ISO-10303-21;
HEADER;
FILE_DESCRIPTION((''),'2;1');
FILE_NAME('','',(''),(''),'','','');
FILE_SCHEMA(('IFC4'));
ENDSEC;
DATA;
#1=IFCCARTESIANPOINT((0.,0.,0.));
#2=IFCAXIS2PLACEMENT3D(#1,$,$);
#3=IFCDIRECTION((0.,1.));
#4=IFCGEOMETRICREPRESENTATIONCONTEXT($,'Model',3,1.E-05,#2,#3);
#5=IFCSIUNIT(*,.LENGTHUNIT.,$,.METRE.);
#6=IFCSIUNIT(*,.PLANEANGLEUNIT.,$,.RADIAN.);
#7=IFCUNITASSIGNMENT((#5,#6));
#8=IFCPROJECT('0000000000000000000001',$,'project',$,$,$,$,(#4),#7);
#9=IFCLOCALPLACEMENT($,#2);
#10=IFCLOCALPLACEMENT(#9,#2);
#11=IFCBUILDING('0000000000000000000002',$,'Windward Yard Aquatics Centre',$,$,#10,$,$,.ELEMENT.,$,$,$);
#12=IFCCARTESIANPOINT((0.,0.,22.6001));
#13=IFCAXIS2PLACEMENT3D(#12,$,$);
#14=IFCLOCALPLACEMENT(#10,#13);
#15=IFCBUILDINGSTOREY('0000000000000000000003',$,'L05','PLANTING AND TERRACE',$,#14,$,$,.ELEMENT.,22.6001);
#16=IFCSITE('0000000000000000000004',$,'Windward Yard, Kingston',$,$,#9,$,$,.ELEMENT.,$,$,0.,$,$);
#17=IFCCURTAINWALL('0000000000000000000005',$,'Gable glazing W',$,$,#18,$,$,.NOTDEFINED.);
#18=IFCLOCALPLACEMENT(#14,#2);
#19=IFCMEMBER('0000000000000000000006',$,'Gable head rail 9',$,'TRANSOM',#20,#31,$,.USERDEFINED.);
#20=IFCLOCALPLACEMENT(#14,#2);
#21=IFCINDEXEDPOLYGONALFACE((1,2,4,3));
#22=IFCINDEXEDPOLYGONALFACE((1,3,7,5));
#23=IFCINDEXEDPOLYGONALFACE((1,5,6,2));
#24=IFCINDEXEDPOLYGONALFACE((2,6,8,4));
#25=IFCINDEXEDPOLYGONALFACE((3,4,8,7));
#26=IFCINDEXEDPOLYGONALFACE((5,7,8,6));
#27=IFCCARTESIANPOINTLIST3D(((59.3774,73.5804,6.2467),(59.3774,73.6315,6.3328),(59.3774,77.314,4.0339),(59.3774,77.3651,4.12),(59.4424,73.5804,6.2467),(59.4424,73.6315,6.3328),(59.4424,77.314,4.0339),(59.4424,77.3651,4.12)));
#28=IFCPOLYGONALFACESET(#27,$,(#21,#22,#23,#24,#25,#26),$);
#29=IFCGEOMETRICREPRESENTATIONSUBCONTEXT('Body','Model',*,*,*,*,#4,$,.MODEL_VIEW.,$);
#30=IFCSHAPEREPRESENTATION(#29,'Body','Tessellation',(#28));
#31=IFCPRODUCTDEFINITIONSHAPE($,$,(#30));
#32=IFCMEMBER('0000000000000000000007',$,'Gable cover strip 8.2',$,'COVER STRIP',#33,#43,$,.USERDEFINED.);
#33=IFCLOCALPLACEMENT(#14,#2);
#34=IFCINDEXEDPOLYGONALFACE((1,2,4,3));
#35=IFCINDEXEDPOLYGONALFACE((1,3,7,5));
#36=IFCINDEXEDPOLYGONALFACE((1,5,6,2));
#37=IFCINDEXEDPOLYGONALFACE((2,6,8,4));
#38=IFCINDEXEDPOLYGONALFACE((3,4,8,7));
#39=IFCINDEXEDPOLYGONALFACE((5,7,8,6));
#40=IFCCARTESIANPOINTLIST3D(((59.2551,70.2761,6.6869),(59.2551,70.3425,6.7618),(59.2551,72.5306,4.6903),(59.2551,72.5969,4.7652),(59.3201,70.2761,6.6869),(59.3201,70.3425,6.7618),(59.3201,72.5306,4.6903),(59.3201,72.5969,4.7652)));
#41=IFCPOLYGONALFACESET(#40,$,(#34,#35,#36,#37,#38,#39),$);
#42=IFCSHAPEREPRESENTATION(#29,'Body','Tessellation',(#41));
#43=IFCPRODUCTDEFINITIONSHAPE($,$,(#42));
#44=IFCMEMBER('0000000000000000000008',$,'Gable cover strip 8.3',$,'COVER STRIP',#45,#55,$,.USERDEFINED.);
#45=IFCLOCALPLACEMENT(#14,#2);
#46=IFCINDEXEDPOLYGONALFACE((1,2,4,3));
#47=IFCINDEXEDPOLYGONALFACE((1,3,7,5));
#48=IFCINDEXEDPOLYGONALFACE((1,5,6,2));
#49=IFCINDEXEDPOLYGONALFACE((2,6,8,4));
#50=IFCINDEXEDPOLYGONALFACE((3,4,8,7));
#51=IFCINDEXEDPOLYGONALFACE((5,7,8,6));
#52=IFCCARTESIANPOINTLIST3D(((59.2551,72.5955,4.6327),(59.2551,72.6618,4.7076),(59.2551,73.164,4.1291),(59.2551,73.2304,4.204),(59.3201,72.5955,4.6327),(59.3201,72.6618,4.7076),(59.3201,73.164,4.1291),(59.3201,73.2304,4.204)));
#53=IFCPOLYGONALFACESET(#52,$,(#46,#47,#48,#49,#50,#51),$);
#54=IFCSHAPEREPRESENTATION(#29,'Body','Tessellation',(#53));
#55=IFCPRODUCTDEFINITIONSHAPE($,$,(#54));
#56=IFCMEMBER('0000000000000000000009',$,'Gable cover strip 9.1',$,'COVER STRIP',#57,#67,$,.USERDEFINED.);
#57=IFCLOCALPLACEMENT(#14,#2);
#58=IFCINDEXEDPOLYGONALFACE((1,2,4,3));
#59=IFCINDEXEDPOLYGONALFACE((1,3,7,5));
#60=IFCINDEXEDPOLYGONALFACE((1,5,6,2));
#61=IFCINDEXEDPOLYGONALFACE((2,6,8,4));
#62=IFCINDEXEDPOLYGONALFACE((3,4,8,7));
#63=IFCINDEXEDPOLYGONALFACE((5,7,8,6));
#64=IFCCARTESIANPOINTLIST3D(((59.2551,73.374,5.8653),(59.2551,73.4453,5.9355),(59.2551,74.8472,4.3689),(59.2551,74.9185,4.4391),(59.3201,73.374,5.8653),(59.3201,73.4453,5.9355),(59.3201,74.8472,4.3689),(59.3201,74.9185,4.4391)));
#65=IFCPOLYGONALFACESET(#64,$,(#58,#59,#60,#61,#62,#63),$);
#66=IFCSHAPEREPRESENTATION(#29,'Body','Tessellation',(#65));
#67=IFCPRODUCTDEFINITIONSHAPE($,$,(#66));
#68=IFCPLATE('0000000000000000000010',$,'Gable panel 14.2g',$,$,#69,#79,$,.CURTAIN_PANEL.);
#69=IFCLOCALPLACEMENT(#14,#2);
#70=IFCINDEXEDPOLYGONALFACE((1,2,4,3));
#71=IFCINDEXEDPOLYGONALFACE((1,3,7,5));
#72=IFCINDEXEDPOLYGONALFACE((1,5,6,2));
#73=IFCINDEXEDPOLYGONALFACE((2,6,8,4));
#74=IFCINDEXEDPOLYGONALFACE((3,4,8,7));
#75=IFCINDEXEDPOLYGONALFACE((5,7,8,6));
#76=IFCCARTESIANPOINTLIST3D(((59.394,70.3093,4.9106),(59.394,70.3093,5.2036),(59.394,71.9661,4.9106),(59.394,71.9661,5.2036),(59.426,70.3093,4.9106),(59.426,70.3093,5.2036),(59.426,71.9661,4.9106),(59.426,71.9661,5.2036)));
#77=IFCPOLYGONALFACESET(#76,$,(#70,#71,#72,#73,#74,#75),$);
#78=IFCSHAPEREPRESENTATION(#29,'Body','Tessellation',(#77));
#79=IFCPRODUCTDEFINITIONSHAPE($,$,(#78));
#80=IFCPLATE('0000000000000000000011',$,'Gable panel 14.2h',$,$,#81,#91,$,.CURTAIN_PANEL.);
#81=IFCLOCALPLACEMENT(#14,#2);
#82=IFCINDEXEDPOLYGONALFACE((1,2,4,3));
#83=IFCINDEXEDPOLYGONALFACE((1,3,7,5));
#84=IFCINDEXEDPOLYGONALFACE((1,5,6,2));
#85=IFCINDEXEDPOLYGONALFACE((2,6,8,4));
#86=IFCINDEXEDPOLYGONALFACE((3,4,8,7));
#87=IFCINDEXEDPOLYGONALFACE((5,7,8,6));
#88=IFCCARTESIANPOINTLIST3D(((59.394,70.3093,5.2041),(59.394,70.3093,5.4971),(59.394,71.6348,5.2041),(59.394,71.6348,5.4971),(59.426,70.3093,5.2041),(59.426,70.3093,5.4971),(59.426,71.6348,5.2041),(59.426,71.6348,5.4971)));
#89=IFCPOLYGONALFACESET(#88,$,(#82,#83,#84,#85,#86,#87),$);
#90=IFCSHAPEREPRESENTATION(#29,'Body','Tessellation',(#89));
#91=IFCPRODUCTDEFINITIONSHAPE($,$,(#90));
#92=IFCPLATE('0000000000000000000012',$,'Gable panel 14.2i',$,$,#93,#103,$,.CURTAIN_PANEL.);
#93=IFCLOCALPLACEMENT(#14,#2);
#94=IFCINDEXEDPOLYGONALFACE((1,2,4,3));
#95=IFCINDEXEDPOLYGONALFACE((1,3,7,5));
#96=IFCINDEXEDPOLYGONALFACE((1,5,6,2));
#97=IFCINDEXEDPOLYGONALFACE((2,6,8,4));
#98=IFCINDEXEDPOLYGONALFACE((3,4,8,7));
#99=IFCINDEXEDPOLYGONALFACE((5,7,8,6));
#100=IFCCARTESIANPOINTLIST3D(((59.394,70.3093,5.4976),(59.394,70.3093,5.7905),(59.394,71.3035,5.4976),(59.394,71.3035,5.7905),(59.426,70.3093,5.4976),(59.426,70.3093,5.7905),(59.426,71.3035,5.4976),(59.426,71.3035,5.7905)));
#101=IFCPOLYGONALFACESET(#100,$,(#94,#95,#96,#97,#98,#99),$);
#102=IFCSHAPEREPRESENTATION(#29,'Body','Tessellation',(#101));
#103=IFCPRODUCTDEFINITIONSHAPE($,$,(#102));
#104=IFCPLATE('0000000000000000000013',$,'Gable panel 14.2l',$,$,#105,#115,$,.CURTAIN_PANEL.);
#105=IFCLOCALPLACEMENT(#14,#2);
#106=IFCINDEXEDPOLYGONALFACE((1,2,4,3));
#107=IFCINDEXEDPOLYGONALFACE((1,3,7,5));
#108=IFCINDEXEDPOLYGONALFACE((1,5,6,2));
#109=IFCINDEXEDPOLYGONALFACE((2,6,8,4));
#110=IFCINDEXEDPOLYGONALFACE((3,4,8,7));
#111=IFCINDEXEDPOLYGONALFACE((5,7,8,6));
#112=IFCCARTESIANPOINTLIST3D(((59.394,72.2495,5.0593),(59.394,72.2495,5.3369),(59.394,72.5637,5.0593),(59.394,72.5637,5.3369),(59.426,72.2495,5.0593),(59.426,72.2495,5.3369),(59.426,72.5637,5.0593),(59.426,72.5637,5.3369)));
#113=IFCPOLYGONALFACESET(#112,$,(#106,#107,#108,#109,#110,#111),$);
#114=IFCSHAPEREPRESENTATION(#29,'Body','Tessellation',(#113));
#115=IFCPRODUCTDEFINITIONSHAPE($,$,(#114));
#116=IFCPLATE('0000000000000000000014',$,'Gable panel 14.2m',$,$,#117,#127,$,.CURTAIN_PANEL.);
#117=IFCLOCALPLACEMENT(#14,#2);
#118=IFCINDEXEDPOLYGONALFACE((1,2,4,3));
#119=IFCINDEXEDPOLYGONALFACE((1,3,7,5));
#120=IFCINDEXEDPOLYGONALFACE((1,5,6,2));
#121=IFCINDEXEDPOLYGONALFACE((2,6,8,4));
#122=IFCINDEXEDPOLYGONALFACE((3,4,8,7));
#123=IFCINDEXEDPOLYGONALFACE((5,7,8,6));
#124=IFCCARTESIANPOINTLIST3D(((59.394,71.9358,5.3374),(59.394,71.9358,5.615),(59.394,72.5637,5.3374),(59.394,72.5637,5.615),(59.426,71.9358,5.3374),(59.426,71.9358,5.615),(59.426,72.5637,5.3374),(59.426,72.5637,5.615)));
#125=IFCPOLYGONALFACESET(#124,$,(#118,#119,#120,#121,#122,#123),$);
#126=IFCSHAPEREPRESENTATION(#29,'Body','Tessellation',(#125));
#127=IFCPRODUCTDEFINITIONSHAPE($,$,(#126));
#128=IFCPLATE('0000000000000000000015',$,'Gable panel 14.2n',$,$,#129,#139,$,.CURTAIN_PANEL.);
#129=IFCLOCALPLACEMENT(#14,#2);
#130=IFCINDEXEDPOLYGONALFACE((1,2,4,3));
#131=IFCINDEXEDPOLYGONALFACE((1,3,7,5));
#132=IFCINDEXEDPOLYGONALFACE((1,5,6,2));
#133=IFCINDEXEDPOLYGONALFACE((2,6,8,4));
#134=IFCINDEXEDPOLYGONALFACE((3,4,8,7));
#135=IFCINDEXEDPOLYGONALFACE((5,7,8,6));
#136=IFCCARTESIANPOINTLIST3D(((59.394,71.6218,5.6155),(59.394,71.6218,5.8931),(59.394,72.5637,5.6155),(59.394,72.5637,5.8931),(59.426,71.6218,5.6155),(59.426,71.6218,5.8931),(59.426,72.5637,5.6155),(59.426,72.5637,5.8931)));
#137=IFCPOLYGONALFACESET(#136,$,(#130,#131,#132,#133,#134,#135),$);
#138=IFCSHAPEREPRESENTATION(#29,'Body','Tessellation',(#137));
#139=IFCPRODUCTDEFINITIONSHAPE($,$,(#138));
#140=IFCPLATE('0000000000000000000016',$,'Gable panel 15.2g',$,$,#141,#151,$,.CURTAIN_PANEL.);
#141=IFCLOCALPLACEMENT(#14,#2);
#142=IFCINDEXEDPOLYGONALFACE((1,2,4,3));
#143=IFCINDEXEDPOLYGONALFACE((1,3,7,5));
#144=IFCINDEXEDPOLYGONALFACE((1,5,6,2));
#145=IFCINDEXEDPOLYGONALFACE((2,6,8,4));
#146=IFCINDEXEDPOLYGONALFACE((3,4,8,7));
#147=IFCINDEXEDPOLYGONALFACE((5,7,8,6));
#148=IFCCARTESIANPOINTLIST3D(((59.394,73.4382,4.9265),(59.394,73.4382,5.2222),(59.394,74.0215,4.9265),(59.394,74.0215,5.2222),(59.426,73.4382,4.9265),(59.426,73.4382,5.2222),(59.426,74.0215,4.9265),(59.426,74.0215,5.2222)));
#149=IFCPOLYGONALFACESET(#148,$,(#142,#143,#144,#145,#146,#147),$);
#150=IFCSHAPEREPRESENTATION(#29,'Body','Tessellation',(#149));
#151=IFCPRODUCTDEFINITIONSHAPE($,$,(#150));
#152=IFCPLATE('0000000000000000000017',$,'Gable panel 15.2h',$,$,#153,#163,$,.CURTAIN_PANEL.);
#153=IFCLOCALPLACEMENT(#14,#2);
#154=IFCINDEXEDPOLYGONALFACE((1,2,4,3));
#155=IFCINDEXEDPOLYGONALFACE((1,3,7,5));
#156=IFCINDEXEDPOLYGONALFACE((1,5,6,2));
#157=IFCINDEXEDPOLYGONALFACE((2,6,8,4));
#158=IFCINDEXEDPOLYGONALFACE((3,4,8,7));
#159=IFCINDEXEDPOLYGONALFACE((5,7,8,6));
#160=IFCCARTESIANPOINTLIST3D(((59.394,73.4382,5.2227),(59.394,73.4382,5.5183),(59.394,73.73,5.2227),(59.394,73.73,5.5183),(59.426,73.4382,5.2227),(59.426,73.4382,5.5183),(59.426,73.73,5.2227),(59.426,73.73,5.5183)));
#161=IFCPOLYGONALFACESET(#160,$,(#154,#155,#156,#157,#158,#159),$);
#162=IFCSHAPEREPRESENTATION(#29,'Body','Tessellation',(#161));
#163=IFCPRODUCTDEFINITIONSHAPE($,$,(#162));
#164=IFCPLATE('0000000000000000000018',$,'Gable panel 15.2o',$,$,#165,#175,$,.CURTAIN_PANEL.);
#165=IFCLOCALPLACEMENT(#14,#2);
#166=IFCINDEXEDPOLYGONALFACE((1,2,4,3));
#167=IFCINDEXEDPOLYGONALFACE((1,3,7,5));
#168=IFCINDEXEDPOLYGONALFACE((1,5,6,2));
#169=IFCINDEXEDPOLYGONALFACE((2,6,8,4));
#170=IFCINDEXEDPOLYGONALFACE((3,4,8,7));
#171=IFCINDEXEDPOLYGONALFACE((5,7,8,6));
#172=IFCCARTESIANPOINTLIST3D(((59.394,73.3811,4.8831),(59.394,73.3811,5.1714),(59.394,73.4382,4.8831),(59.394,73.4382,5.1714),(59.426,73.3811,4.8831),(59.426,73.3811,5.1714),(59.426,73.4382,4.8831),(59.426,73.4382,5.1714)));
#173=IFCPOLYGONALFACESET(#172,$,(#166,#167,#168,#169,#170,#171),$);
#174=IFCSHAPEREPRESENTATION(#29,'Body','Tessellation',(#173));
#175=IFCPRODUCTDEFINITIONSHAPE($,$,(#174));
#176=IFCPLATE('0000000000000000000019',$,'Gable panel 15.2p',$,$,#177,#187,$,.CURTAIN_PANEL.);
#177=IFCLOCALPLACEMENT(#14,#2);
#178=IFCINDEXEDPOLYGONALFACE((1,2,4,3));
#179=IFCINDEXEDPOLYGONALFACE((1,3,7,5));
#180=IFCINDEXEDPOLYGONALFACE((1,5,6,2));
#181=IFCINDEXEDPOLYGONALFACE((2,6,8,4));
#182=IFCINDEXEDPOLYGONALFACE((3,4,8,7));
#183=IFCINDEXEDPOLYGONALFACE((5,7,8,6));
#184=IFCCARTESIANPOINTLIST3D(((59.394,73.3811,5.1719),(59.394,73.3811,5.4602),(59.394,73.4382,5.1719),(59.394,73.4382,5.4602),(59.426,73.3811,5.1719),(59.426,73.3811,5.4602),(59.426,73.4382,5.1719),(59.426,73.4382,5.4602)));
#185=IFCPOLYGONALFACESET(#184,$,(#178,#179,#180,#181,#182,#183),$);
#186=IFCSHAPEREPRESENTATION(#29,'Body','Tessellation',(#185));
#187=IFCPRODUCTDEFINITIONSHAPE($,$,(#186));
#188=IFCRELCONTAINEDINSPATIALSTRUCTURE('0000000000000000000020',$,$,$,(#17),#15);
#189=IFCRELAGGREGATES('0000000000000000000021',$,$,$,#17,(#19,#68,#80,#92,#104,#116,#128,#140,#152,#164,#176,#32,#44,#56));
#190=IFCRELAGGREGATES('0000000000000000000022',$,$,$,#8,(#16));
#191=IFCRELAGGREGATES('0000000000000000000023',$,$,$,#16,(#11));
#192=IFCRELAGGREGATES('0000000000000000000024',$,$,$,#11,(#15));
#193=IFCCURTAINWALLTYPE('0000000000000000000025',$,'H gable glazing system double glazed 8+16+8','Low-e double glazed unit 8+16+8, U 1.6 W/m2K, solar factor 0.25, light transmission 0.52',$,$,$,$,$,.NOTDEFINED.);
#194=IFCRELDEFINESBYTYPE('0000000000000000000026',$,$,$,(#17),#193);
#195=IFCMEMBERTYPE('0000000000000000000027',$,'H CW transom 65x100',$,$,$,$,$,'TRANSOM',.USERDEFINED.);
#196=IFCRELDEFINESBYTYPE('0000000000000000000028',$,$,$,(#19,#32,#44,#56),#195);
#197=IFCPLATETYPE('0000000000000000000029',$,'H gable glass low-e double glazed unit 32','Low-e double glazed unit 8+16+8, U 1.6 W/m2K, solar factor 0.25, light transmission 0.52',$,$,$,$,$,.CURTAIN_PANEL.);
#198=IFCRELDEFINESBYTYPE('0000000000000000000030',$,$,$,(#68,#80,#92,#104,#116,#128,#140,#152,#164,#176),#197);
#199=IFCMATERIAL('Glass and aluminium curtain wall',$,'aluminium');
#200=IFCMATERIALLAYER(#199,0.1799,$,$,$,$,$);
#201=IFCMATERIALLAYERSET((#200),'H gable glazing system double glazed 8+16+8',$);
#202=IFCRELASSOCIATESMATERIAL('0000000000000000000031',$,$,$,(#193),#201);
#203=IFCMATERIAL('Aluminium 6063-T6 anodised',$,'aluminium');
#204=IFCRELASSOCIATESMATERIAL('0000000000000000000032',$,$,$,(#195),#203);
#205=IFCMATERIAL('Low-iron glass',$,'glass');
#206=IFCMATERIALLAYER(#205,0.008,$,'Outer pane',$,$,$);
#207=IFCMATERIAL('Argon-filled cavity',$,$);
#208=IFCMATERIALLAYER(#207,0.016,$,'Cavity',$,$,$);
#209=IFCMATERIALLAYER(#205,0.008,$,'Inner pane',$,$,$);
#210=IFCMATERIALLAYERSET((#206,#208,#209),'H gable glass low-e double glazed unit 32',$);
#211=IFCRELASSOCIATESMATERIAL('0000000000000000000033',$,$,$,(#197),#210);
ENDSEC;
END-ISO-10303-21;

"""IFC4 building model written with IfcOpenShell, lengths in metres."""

from ifc_helpers import new_model, si_unit, direction, frame, origin, origin_2d, place, context, subcontext, project, spatial, polyline, rectangle, outline, extrude, material, layer, layer_set, material_profile, profile_set, type_object, element, aggregate, save


model = new_model("IFC4")

# Units and contexts
model_context = context("Model", 3, precision=1e-05, world=origin(), true_north=direction((0.0, 1.0)))
body_context = subcontext(model_context, "Body", "Model", "MODEL_VIEW")
ifc_project = project(units=[si_unit("LENGTHUNIT", "METRE"), si_unit("PLANEANGLEUNIT", "RADIAN")], contexts=[model_context])

# Site, building, storey
site_placement = place(None, origin())
site = spatial("IfcSite", under=ifc_project, at=site_placement, Name="Windward Yard, Kingston", CompositionType="ELEMENT", RefElevation=0.0)
building_placement = place(site_placement, origin())
building = spatial("IfcBuilding", under=site, at=building_placement, Name="Windward Yard Aquatics Centre", CompositionType="ELEMENT")
storey_placement = place(building_placement, frame((0.0, 0.0, 22.6001)))
storey = spatial("IfcBuildingStorey", under=building, at=storey_placement, Name="L05", Description="PLANTING AND TERRACE", CompositionType="ELEMENT", Elevation=22.6001)

# Curtain wall, members, plates
ifc_material_1 = material(Name="Glass and aluminium curtain wall", Category="aluminium")
ifc_layer_1 = layer(ifc_material_1, 0.1799)
ifc_layer_set_1 = layer_set([ifc_layer_1], Name="H gable glazing system double glazed 8+16+8")
curtain_wall_type = type_object("IfcCurtainWallType", Name="H gable glazing system double glazed 8+16+8", Description="Low-e double glazed unit 8+16+8, U 1.6 W/m2K, solar factor 0.25, light transmission 0.52", PredefinedType="NOTDEFINED", material=ifc_layer_set_1)
curtain_wall_placement = place(storey_placement, origin())
curtain_wall = element("IfcCurtainWall", 1, at=curtain_wall_placement, inside=storey, type_object=curtain_wall_type, Name="Gable glazing W", PredefinedType="NOTDEFINED")
ifc_material_2 = material(Name="Aluminium 6063-T6 anodised", Category="aluminium")
ifc_material_profile = material_profile(ifc_material_2, rectangle(XDim=0.0649, YDim=0.1001, at=origin_2d()), Name="H CW transom 65x100")
ifc_profile_set = profile_set([ifc_material_profile], Name="Aluminium 6063-T6 anodised")
member_type = type_object("IfcMemberType", Name="H CW transom 65x100", ElementType="TRANSOM", PredefinedType="USERDEFINED", material=ifc_profile_set)
member_1_placement = place(storey_placement, frame((59.4099, 73.606, 6.2898), z_axis=(0.0, 0.860255, -0.509864), x_axis=(-1.0, 0.0, 0.0)))
member_1 = element("IfcMember", 2, at=member_1_placement, type_object=member_type, Name="Gable head rail 9", ObjectType="TRANSOM", PredefinedType="USERDEFINED", context=body_context, shape_type="SweptSolid", body=[
    extrude(rectangle(XDim=0.0649, YDim=0.1001, at=origin_2d()), origin(), (0.0, 0.0, 1.0), 4.3401),
])
member_2_placement = place(storey_placement, frame((59.2876, 70.3093, 6.7244), z_axis=(0.0, 0.748616, -0.663004), x_axis=(-1.0, 0.0, 0.0)))
member_2 = element("IfcMember", 3, at=member_2_placement, type_object=member_type, Name="Gable cover strip 8.2", ObjectType="COVER STRIP", PredefinedType="USERDEFINED", context=body_context, shape_type="SweptSolid", body=[
    extrude(rectangle(XDim=0.0649, YDim=0.1001, at=origin_2d()), origin(), (0.0, 0.0, 1.0), 3.0115),
])
member_3_placement = place(storey_placement, frame((59.2876, 72.6287, 4.6702), z_axis=(0.0, 0.748561, -0.663066), x_axis=(-1.0, 0.0, 0.0)))
member_3 = element("IfcMember", 4, at=member_3_placement, type_object=member_type, Name="Gable cover strip 8.3", ObjectType="COVER STRIP", PredefinedType="USERDEFINED", context=body_context, shape_type="SweptSolid", body=[
    extrude(rectangle(XDim=0.0649, YDim=0.1001, at=origin_2d()), origin(), (0.0, 0.0, 1.0), 0.7595),
])
member_4_placement = place(storey_placement, frame((59.2876, 73.4097, 5.9004), z_axis=(0.0, 0.701562, -0.712608), x_axis=(-1.0, 0.0, 0.0)))
member_4 = element("IfcMember", 5, at=member_4_placement, type_object=member_type, Name="Gable cover strip 9.1", ObjectType="COVER STRIP", PredefinedType="USERDEFINED", context=body_context, shape_type="SweptSolid", body=[
    extrude(rectangle(XDim=0.0649, YDim=0.1001, at=origin_2d()), origin(), (0.0, 0.0, 1.0), 2.0999),
])
ifc_material_3 = material(Name="Low-iron glass", Category="glass")
ifc_layer_2 = layer(ifc_material_3, 0.008, Name="Outer pane")
ifc_material_4 = material(Name="Argon-filled cavity")
ifc_layer_3 = layer(ifc_material_4, 0.016, Name="Cavity")
ifc_layer_4 = layer(ifc_material_3, 0.008, Name="Inner pane")
ifc_layer_set_2 = layer_set([ifc_layer_2, ifc_layer_3, ifc_layer_4], Name="H gable glass low-e double glazed unit 32")
plate_type = type_object("IfcPlateType", Name="H gable glass low-e double glazed unit 32", Description="Low-e double glazed unit 8+16+8, U 1.6 W/m2K, solar factor 0.25, light transmission 0.52", PredefinedType="CURTAIN_PANEL", material=ifc_layer_set_2)
plate_1_placement = place(storey_placement, frame((59.426, 70.3093, 4.9106), z_axis=(1.0, 0.0, 0.0), x_axis=(0.0, 1.0, 0.0)))
plate_1 = element("IfcPlate", 6, at=plate_1_placement, type_object=plate_type, Name="Gable panel 14.2g", PredefinedType="CURTAIN_PANEL", context=body_context, shape_type="SweptSolid", body=[
    extrude(outline(polyline([(0.0, 0.0), (1.6567, 0.0), (1.6567, 0.293), (0.0, 0.293), (0.0, 0.0)])), origin(), (0.0, 0.0, -1.0), 0.032),
])
plate_2_placement = place(storey_placement, frame((59.426, 70.3093, 5.2041), z_axis=(1.0, 0.0, 0.0), x_axis=(0.0, 1.0, 0.0)))
plate_2 = element("IfcPlate", 7, at=plate_2_placement, type_object=plate_type, Name="Gable panel 14.2h", PredefinedType="CURTAIN_PANEL", context=body_context, shape_type="SweptSolid", body=[
    extrude(outline(polyline([(0.0, 0.0), (1.3254, 0.0), (1.3254, 0.293), (0.0, 0.293), (0.0, 0.0)])), origin(), (0.0, 0.0, -1.0), 0.032),
])
plate_3_placement = place(storey_placement, frame((59.426, 70.3093, 5.4976), z_axis=(1.0, 0.0, 0.0), x_axis=(0.0, 1.0, 0.0)))
plate_3 = element("IfcPlate", 8, at=plate_3_placement, type_object=plate_type, Name="Gable panel 14.2i", PredefinedType="CURTAIN_PANEL", context=body_context, shape_type="SweptSolid", body=[
    extrude(outline(polyline([(0.0, 0.0), (0.9941, 0.0), (0.9941, 0.293), (0.0, 0.293), (0.0, 0.0)])), origin(), (0.0, 0.0, -1.0), 0.032),
])
plate_4_placement = place(storey_placement, frame((59.426, 72.2495, 5.0593), z_axis=(1.0, 0.0, 0.0), x_axis=(0.0, 1.0, 0.0)))
plate_4 = element("IfcPlate", 9, at=plate_4_placement, type_object=plate_type, Name="Gable panel 14.2l", PredefinedType="CURTAIN_PANEL", context=body_context, shape_type="SweptSolid", body=[
    extrude(outline(polyline([(0.0, 0.0), (0.3142, 0.0), (0.3142, 0.2776), (0.0, 0.2776), (0.0, 0.0)])), origin(), (0.0, 0.0, -1.0), 0.032),
])
plate_5_placement = place(storey_placement, frame((59.426, 71.9358, 5.3374), z_axis=(1.0, 0.0, 0.0), x_axis=(0.0, 1.0, 0.0)))
plate_5 = element("IfcPlate", 10, at=plate_5_placement, type_object=plate_type, Name="Gable panel 14.2m", PredefinedType="CURTAIN_PANEL", context=body_context, shape_type="SweptSolid", body=[
    extrude(outline(polyline([(0.0, 0.0), (0.6279, 0.0), (0.6279, 0.2776), (0.0, 0.2776), (0.0, 0.0)])), origin(), (0.0, 0.0, -1.0), 0.032),
])
plate_6_placement = place(storey_placement, frame((59.426, 71.6218, 5.6155), z_axis=(1.0, 0.0, 0.0), x_axis=(0.0, 1.0, 0.0)))
plate_6 = element("IfcPlate", 11, at=plate_6_placement, type_object=plate_type, Name="Gable panel 14.2n", PredefinedType="CURTAIN_PANEL", context=body_context, shape_type="SweptSolid", body=[
    extrude(outline(polyline([(0.0, 0.0), (0.9419, 0.0), (0.9419, 0.2776), (0.0, 0.2776), (0.0, 0.0)])), origin(), (0.0, 0.0, -1.0), 0.032),
])
plate_7_placement = place(storey_placement, frame((59.426, 73.4382, 4.9265), z_axis=(1.0, 0.0, 0.0), x_axis=(0.0, 1.0, 0.0)))
plate_7 = element("IfcPlate", 12, at=plate_7_placement, type_object=plate_type, Name="Gable panel 15.2g", PredefinedType="CURTAIN_PANEL", context=body_context, shape_type="SweptSolid", body=[
    extrude(outline(polyline([(0.0, 0.0), (0.5833, 0.0), (0.5833, 0.2957), (0.0, 0.2957), (0.0, 0.0)])), origin(), (0.0, 0.0, -1.0), 0.032),
])
plate_8_placement = place(storey_placement, frame((59.426, 73.4382, 5.2227), z_axis=(1.0, 0.0, 0.0), x_axis=(0.0, 1.0, 0.0)))
plate_8 = element("IfcPlate", 13, at=plate_8_placement, type_object=plate_type, Name="Gable panel 15.2h", PredefinedType="CURTAIN_PANEL", context=body_context, shape_type="SweptSolid", body=[
    extrude(outline(polyline([(0.0, 0.0), (0.2917, 0.0), (0.2917, 0.2957), (0.0, 0.2957), (0.0, 0.0)])), origin(), (0.0, 0.0, -1.0), 0.032),
])
plate_9_placement = place(storey_placement, frame((59.426, 73.3811, 4.8831), z_axis=(1.0, 0.0, 0.0), x_axis=(0.0, 1.0, 0.0)))
plate_9 = element("IfcPlate", 14, at=plate_9_placement, type_object=plate_type, Name="Gable panel 15.2o", PredefinedType="CURTAIN_PANEL", context=body_context, shape_type="SweptSolid", body=[
    extrude(outline(polyline([(0.0, 0.0), (0.0571, 0.0), (0.0571, 0.2883), (0.0, 0.2883), (0.0, 0.0)])), origin(), (0.0, 0.0, -1.0), 0.032),
])
plate_10_placement = place(storey_placement, frame((59.426, 73.3811, 5.1719), z_axis=(1.0, 0.0, 0.0), x_axis=(0.0, 1.0, 0.0)))
plate_10 = element("IfcPlate", 15, at=plate_10_placement, type_object=plate_type, Name="Gable panel 15.2p", PredefinedType="CURTAIN_PANEL", context=body_context, shape_type="SweptSolid", body=[
    extrude(outline(polyline([(0.0, 0.0), (0.0571, 0.0), (0.0571, 0.2883), (0.0, 0.2883), (0.0, 0.0)])), origin(), (0.0, 0.0, -1.0), 0.032),
])
aggregate(curtain_wall, [member_1, plate_1, plate_2, plate_3, plate_4, plate_5, plate_6, plate_7, plate_8, plate_9, plate_10, member_2, member_3, member_4])

save(model, "model.ifc")
